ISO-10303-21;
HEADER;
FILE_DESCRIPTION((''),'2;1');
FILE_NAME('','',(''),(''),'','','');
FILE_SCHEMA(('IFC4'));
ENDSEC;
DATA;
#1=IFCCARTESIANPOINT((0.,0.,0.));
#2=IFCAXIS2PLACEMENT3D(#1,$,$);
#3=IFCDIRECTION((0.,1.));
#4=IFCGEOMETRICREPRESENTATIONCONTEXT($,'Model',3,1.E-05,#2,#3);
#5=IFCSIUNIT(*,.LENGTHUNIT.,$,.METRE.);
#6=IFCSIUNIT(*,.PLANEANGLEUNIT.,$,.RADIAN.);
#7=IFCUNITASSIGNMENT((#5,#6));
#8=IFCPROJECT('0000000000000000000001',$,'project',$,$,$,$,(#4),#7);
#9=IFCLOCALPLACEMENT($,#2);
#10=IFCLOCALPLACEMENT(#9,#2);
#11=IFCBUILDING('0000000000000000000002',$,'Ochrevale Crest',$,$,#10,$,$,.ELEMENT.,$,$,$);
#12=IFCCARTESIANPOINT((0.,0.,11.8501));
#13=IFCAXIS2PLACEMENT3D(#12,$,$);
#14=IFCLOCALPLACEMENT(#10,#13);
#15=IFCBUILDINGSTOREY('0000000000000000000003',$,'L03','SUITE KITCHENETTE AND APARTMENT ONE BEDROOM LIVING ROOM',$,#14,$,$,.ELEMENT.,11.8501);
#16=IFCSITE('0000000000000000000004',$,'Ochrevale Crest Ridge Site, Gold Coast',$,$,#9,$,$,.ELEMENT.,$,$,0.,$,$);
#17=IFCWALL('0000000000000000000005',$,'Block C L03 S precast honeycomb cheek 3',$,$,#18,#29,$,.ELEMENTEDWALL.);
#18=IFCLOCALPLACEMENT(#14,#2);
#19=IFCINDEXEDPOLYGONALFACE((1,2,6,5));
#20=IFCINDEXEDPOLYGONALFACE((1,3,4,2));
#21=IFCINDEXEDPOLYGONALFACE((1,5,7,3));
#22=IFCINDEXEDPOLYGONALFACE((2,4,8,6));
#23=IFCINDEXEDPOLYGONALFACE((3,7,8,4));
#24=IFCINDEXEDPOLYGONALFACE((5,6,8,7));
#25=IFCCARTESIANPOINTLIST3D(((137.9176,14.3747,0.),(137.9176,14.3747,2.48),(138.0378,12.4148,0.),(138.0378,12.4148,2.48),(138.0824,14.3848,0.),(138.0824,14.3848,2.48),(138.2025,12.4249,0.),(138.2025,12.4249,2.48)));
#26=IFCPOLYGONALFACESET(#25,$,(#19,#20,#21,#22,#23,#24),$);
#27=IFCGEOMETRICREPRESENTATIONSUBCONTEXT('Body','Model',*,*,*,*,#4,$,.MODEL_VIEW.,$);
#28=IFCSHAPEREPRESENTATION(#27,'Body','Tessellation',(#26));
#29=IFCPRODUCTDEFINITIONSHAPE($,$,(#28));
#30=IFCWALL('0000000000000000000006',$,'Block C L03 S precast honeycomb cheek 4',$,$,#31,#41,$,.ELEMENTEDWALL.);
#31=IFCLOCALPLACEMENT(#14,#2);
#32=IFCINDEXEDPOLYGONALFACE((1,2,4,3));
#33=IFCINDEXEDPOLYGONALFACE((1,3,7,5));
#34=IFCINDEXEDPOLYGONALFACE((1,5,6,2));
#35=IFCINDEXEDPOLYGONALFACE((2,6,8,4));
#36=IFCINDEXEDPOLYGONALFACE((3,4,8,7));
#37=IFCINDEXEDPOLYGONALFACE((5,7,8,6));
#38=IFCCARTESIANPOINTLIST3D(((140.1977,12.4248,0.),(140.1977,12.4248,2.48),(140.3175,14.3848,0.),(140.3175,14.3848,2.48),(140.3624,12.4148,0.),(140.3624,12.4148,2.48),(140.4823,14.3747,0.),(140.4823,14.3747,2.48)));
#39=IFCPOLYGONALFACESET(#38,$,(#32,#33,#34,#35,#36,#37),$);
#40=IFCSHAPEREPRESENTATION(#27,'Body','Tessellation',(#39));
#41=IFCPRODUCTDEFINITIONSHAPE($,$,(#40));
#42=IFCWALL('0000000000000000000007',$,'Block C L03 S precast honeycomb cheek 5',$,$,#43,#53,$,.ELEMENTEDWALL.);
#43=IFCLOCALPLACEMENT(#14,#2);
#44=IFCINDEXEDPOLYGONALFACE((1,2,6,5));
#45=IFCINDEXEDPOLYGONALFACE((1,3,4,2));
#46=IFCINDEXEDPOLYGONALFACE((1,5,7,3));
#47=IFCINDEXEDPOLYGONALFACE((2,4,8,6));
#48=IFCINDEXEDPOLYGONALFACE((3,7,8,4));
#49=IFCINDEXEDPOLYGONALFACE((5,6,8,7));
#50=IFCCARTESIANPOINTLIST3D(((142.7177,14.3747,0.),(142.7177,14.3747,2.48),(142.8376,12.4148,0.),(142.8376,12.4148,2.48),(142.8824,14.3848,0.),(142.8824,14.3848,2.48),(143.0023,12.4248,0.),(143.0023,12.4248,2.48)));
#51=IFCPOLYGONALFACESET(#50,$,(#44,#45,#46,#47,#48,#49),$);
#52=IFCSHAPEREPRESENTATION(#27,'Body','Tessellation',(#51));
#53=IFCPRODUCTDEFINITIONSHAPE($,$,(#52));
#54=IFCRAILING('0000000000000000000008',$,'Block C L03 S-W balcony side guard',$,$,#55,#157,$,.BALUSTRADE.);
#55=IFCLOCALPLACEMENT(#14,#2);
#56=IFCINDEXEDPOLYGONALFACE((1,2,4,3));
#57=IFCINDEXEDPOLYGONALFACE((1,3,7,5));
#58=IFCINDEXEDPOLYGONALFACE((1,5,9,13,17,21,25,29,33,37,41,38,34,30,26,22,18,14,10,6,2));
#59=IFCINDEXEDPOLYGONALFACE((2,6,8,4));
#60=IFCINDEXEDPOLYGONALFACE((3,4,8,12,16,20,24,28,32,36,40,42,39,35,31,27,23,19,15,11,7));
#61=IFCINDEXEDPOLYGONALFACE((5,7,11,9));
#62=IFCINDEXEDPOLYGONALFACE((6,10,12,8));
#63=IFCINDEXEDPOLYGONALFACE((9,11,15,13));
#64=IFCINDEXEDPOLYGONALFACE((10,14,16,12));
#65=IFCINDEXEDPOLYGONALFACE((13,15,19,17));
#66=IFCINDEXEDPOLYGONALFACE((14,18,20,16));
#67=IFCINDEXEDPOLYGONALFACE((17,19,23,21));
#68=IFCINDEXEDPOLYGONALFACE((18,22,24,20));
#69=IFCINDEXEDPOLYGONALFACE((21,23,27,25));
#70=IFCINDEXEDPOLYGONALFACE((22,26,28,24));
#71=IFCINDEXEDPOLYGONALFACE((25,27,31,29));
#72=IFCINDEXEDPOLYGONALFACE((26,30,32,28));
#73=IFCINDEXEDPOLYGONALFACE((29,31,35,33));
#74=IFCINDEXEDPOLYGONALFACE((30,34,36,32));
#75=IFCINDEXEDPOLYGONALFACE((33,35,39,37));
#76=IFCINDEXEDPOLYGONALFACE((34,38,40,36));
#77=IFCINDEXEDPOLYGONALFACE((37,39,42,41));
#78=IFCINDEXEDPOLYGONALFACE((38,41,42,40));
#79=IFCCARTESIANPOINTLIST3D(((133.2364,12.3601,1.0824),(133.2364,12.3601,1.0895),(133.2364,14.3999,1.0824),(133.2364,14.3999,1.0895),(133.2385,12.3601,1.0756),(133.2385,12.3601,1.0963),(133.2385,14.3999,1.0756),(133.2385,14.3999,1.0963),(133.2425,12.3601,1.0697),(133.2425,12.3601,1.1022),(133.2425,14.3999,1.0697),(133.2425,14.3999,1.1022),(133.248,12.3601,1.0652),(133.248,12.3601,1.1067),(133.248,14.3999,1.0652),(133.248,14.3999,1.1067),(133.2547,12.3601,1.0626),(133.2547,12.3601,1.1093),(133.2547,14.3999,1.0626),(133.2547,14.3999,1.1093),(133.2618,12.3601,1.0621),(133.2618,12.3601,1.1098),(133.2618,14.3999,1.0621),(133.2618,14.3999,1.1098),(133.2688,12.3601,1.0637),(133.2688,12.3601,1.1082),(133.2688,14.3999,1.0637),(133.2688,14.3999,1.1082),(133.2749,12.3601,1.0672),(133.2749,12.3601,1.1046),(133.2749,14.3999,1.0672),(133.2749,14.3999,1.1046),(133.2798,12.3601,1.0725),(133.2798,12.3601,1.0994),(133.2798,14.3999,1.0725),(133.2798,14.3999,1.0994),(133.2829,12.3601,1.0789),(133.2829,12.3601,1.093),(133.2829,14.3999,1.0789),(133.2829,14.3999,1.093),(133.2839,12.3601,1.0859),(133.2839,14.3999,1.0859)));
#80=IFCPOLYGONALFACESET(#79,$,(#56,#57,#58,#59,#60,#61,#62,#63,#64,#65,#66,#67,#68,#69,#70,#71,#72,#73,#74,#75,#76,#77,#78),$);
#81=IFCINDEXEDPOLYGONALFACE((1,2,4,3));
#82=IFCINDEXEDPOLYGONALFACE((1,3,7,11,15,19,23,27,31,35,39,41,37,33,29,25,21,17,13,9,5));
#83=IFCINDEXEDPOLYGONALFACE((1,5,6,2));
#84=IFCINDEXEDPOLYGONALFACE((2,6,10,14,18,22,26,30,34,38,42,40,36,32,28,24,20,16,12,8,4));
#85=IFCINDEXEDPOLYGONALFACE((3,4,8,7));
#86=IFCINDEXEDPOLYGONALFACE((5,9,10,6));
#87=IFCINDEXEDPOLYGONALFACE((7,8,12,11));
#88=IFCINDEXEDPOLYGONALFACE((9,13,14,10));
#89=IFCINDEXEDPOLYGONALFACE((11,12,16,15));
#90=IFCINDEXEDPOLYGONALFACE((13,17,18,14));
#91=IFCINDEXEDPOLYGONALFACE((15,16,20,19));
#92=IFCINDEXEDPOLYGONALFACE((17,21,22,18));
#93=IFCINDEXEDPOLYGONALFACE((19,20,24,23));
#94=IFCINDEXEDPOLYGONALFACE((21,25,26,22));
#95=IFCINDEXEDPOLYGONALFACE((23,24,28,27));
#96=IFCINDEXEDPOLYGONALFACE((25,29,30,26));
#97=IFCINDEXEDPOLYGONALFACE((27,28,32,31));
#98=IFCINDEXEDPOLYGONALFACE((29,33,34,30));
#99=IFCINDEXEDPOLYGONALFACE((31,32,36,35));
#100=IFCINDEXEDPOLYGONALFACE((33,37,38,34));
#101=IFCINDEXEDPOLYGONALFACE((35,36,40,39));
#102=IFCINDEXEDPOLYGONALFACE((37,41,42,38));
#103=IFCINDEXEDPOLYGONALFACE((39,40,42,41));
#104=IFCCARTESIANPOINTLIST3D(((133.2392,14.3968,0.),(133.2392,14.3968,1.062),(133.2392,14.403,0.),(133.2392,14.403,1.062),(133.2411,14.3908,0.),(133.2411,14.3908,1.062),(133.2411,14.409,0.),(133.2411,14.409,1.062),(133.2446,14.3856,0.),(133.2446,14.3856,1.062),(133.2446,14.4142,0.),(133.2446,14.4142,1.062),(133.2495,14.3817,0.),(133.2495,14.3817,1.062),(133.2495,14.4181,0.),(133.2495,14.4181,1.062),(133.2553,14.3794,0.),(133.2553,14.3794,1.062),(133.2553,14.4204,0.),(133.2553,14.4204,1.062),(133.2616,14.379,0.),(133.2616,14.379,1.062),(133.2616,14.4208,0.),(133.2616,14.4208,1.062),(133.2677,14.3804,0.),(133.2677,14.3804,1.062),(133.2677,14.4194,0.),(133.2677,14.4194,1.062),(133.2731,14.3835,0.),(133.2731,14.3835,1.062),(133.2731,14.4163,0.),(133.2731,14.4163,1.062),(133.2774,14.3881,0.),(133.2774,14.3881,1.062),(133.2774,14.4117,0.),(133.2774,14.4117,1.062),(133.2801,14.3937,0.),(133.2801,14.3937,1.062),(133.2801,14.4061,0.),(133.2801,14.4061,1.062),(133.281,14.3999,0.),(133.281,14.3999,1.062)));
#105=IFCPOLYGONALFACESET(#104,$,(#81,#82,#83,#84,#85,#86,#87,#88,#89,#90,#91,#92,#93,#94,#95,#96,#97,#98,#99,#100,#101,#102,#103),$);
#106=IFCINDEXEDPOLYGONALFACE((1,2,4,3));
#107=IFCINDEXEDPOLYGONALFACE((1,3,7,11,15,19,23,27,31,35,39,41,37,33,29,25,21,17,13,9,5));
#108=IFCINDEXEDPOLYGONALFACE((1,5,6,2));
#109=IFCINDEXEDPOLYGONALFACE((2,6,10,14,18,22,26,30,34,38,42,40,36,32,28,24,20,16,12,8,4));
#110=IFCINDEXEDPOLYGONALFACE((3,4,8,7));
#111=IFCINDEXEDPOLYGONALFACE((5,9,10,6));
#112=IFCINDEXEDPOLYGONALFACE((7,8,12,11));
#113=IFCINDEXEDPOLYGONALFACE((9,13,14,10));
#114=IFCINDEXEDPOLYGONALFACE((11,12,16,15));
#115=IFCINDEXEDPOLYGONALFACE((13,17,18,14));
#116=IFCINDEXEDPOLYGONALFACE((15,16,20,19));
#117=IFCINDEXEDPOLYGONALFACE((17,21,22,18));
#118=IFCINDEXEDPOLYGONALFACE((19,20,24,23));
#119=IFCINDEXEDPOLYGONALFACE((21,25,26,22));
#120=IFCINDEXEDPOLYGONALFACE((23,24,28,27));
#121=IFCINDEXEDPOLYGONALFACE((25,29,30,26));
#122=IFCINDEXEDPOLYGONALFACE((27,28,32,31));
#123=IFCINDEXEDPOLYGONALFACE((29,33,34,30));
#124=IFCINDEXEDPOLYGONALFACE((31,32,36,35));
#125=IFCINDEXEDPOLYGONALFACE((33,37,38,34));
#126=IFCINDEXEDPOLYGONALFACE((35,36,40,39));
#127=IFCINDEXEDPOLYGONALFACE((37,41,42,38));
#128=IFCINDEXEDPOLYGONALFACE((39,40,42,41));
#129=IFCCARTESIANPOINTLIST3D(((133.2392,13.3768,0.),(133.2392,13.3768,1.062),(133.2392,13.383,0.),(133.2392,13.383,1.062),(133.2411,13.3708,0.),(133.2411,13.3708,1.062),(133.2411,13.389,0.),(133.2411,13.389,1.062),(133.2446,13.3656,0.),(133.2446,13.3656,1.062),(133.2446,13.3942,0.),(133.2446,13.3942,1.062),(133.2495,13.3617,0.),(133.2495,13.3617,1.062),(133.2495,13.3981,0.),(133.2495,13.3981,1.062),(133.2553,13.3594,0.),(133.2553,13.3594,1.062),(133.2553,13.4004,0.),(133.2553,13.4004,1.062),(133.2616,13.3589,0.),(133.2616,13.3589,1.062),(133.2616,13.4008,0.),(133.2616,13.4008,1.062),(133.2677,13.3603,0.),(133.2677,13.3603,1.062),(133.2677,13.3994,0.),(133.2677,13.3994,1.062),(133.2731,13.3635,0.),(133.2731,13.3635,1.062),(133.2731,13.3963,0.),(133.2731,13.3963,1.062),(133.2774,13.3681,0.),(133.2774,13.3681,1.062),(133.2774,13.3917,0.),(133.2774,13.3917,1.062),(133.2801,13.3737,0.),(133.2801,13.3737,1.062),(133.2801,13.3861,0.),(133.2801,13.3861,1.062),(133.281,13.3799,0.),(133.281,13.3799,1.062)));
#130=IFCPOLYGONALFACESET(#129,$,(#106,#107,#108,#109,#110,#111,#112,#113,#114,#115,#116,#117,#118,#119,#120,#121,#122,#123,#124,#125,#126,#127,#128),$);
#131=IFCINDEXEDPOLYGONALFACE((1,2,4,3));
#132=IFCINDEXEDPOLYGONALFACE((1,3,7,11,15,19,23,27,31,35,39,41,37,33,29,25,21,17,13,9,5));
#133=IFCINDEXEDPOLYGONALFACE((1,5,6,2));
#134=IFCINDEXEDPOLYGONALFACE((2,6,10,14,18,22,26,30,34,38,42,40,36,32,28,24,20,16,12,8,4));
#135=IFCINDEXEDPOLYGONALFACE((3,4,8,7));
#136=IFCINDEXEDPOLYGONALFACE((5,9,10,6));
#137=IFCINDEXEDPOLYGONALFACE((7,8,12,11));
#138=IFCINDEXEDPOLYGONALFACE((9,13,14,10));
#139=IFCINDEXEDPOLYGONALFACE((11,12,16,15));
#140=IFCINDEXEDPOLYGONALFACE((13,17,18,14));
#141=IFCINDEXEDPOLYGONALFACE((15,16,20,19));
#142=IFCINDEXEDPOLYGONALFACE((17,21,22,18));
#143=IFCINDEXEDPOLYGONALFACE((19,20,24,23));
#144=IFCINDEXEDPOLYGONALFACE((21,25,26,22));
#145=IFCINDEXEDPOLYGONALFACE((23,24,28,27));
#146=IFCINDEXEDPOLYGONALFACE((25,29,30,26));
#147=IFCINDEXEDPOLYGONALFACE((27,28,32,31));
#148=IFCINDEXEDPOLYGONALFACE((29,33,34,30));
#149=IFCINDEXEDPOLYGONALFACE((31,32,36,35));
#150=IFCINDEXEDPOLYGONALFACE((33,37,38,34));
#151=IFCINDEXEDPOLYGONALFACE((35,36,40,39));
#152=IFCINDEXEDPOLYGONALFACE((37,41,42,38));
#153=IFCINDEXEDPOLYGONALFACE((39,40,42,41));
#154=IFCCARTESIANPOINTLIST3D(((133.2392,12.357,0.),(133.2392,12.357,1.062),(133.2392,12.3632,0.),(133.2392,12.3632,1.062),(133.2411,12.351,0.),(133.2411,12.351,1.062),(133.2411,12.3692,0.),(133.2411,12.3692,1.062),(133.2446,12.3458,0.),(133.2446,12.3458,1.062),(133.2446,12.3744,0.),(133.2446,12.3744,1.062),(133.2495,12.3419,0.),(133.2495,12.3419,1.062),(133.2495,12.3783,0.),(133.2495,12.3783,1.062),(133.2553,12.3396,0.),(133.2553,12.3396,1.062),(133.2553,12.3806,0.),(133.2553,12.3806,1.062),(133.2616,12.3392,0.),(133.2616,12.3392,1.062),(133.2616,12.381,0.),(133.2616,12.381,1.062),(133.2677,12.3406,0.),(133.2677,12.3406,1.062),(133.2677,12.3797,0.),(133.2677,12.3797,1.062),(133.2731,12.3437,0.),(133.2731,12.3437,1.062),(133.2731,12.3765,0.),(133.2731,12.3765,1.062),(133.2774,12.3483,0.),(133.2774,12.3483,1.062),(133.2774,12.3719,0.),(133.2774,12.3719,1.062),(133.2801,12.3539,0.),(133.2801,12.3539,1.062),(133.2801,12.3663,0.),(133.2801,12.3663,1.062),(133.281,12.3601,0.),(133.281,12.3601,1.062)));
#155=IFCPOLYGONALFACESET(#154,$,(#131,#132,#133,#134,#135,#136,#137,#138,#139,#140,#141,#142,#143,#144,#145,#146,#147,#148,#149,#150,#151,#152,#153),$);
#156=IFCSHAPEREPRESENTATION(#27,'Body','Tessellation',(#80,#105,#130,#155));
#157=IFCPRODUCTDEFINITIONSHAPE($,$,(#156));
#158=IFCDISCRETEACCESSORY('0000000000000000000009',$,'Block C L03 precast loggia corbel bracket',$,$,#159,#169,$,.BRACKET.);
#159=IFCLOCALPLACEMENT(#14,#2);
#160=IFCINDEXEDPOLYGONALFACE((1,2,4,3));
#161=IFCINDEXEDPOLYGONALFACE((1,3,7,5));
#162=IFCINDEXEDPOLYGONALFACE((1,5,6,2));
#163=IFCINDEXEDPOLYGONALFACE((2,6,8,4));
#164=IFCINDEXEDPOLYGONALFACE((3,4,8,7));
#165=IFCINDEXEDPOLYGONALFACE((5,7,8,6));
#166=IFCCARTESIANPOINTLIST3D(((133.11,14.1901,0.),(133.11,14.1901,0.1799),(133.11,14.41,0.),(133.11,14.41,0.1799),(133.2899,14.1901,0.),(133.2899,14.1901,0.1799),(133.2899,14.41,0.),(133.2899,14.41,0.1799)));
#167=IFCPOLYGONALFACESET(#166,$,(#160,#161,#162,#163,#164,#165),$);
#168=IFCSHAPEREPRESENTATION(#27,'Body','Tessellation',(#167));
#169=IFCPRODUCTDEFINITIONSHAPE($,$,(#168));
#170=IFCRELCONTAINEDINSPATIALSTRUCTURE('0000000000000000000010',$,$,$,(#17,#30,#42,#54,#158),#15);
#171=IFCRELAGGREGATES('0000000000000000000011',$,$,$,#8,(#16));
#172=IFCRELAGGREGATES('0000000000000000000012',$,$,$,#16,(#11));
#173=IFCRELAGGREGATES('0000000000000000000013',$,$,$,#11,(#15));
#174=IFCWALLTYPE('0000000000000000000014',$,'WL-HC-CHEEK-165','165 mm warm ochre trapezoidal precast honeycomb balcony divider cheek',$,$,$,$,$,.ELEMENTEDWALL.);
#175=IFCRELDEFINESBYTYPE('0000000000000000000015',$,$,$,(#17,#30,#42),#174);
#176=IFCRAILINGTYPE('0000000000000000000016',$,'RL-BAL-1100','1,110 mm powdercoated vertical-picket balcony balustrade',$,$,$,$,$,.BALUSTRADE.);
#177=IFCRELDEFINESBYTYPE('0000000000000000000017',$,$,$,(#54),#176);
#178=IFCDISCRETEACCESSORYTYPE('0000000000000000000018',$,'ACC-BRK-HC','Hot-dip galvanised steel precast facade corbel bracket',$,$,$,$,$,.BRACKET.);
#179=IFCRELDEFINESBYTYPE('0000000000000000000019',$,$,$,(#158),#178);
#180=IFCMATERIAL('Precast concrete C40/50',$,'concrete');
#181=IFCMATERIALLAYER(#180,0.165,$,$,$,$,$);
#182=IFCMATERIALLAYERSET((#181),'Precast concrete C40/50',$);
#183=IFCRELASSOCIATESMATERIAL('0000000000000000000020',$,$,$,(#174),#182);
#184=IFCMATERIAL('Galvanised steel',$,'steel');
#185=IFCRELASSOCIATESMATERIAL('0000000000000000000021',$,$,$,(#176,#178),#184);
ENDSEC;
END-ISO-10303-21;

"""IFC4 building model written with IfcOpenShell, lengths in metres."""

from ifc_helpers import new_model, si_unit, direction, frame, frame_2d, origin, origin_2d, place, context, subcontext, project, spatial, rectangle, circle, extrude, material, layer, layer_set, type_object, element, save


model = new_model("IFC4")

# Units and contexts
model_context = context("Model", 3, precision=1e-05, world=origin(), true_north=direction((0.0, 1.0)))
body_context = subcontext(model_context, "Body", "Model", "MODEL_VIEW")
ifc_project = project(units=[si_unit("LENGTHUNIT", "METRE"), si_unit("PLANEANGLEUNIT", "RADIAN")], contexts=[model_context])

# Site, building, storey
site_placement = place(None, origin())
site = spatial("IfcSite", under=ifc_project, at=site_placement, Name="Ochrevale Crest Ridge Site, Gold Coast", CompositionType="ELEMENT", RefElevation=0.0)
building_placement = place(site_placement, origin())
building = spatial("IfcBuilding", under=site, at=building_placement, Name="Ochrevale Crest", CompositionType="ELEMENT")
storey_placement = place(building_placement, frame((0.0, 0.0, 11.8501)))
storey = spatial("IfcBuildingStorey", under=building, at=storey_placement, Name="L03", Description="SUITE KITCHENETTE AND APARTMENT ONE BEDROOM LIVING ROOM", CompositionType="ELEMENT", Elevation=11.8501)

# Shared definitions
ifc_material_1 = material(Name="Precast concrete C40/50", Category="concrete")

# Walls
ifc_layer_1 = layer(ifc_material_1, 0.165)
ifc_layer_set_1 = layer_set([ifc_layer_1], Name="Precast concrete C40/50")
wall_type = type_object("IfcWallType", Name="WL-HC-CHEEK-165", Description="165 mm warm ochre trapezoidal precast honeycomb balcony divider cheek", PredefinedType="ELEMENTEDWALL", material=ifc_layer_set_1)
for number, where, z_axis, x_axis, name in (
    (1, (138.0, 14.3799, 0.0), (0.0, 0.0, 1.0), (0.061171, -0.998127, 0.0), "Block C L03 S precast honeycomb cheek 3"),
    (2, (140.3999, 14.3799, 0.0), (0.0, 0.0, 1.0), (-0.061047, -0.998135, 0.0), "Block C L03 S precast honeycomb cheek 4"),
    (3, (142.8, 14.3799, 0.0), (0.0, 0.0, 1.0), (0.061047, -0.998135, 0.0), "Block C L03 S precast honeycomb cheek 5"),
):
    element("IfcWall", number, at=place(storey_placement, frame(where, z_axis=z_axis, x_axis=x_axis)), inside=storey, type_object=wall_type, Name=name, PredefinedType="ELEMENTEDWALL", context=body_context, shape_type="SweptSolid", body=[
        extrude(rectangle(XDim=1.9636, YDim=0.165, at=frame_2d((0.9819, 0.0))), origin(), (0.0, 0.0, 1.0), 2.48),
    ])

# Railing
ifc_material_2 = material(Name="Galvanised steel", Category="steel")
railing_type = type_object("IfcRailingType", Name="RL-BAL-1100", Description="1,110 mm powdercoated vertical-picket balcony balustrade", PredefinedType="BALUSTRADE", material=ifc_material_2)
railing_1_placement = place(storey_placement, frame((133.26, 14.3999, 0.0)))
element("IfcRailing", 4, at=railing_1_placement, inside=storey, type_object=railing_type, Name="Block C L03 S-W balcony side guard", PredefinedType="BALUSTRADE", context=body_context, shape_type="SweptSolid", body=[
    extrude(circle(Radius=0.0239, at=origin_2d()), frame((0.0, 0.0, 1.0859), z_axis=(0.0, -1.0, 0.0), x_axis=(1.0, 0.0, 0.0)), (0.0, 0.0, 1.0), 2.0398),
    extrude(circle(Radius=0.021, at=origin_2d()), origin(), (0.0, 0.0, 1.0), 1.062),
    extrude(circle(Radius=0.021, at=origin_2d()), frame((0.0, -1.02, 0.0)), (0.0, 0.0, 1.0), 1.062),
    extrude(circle(Radius=0.021, at=origin_2d()), frame((0.0, -2.0398, 0.0)), (0.0, 0.0, 1.0), 1.062),
])

# Discrete accessory
discrete_accessory_type = type_object("IfcDiscreteAccessoryType", Name="ACC-BRK-HC", Description="Hot-dip galvanised steel precast facade corbel bracket", PredefinedType="BRACKET", material=ifc_material_2)
discrete_accessory_placement = place(storey_placement, frame((133.2, 14.3, 0.0), z_axis=(0.0, 0.0, 1.0), x_axis=(1.0, 0.0, 0.0)))
element("IfcDiscreteAccessory", 5, at=discrete_accessory_placement, inside=storey, type_object=discrete_accessory_type, Name="Block C L03 precast loggia corbel bracket", PredefinedType="BRACKET", context=body_context, shape_type="SweptSolid", body=[
    extrude(rectangle(XDim=0.1799, YDim=0.22, at=origin_2d()), origin(), (0.0, 0.0, 1.0), 0.1799),
])

save(model, "model.ifc")
